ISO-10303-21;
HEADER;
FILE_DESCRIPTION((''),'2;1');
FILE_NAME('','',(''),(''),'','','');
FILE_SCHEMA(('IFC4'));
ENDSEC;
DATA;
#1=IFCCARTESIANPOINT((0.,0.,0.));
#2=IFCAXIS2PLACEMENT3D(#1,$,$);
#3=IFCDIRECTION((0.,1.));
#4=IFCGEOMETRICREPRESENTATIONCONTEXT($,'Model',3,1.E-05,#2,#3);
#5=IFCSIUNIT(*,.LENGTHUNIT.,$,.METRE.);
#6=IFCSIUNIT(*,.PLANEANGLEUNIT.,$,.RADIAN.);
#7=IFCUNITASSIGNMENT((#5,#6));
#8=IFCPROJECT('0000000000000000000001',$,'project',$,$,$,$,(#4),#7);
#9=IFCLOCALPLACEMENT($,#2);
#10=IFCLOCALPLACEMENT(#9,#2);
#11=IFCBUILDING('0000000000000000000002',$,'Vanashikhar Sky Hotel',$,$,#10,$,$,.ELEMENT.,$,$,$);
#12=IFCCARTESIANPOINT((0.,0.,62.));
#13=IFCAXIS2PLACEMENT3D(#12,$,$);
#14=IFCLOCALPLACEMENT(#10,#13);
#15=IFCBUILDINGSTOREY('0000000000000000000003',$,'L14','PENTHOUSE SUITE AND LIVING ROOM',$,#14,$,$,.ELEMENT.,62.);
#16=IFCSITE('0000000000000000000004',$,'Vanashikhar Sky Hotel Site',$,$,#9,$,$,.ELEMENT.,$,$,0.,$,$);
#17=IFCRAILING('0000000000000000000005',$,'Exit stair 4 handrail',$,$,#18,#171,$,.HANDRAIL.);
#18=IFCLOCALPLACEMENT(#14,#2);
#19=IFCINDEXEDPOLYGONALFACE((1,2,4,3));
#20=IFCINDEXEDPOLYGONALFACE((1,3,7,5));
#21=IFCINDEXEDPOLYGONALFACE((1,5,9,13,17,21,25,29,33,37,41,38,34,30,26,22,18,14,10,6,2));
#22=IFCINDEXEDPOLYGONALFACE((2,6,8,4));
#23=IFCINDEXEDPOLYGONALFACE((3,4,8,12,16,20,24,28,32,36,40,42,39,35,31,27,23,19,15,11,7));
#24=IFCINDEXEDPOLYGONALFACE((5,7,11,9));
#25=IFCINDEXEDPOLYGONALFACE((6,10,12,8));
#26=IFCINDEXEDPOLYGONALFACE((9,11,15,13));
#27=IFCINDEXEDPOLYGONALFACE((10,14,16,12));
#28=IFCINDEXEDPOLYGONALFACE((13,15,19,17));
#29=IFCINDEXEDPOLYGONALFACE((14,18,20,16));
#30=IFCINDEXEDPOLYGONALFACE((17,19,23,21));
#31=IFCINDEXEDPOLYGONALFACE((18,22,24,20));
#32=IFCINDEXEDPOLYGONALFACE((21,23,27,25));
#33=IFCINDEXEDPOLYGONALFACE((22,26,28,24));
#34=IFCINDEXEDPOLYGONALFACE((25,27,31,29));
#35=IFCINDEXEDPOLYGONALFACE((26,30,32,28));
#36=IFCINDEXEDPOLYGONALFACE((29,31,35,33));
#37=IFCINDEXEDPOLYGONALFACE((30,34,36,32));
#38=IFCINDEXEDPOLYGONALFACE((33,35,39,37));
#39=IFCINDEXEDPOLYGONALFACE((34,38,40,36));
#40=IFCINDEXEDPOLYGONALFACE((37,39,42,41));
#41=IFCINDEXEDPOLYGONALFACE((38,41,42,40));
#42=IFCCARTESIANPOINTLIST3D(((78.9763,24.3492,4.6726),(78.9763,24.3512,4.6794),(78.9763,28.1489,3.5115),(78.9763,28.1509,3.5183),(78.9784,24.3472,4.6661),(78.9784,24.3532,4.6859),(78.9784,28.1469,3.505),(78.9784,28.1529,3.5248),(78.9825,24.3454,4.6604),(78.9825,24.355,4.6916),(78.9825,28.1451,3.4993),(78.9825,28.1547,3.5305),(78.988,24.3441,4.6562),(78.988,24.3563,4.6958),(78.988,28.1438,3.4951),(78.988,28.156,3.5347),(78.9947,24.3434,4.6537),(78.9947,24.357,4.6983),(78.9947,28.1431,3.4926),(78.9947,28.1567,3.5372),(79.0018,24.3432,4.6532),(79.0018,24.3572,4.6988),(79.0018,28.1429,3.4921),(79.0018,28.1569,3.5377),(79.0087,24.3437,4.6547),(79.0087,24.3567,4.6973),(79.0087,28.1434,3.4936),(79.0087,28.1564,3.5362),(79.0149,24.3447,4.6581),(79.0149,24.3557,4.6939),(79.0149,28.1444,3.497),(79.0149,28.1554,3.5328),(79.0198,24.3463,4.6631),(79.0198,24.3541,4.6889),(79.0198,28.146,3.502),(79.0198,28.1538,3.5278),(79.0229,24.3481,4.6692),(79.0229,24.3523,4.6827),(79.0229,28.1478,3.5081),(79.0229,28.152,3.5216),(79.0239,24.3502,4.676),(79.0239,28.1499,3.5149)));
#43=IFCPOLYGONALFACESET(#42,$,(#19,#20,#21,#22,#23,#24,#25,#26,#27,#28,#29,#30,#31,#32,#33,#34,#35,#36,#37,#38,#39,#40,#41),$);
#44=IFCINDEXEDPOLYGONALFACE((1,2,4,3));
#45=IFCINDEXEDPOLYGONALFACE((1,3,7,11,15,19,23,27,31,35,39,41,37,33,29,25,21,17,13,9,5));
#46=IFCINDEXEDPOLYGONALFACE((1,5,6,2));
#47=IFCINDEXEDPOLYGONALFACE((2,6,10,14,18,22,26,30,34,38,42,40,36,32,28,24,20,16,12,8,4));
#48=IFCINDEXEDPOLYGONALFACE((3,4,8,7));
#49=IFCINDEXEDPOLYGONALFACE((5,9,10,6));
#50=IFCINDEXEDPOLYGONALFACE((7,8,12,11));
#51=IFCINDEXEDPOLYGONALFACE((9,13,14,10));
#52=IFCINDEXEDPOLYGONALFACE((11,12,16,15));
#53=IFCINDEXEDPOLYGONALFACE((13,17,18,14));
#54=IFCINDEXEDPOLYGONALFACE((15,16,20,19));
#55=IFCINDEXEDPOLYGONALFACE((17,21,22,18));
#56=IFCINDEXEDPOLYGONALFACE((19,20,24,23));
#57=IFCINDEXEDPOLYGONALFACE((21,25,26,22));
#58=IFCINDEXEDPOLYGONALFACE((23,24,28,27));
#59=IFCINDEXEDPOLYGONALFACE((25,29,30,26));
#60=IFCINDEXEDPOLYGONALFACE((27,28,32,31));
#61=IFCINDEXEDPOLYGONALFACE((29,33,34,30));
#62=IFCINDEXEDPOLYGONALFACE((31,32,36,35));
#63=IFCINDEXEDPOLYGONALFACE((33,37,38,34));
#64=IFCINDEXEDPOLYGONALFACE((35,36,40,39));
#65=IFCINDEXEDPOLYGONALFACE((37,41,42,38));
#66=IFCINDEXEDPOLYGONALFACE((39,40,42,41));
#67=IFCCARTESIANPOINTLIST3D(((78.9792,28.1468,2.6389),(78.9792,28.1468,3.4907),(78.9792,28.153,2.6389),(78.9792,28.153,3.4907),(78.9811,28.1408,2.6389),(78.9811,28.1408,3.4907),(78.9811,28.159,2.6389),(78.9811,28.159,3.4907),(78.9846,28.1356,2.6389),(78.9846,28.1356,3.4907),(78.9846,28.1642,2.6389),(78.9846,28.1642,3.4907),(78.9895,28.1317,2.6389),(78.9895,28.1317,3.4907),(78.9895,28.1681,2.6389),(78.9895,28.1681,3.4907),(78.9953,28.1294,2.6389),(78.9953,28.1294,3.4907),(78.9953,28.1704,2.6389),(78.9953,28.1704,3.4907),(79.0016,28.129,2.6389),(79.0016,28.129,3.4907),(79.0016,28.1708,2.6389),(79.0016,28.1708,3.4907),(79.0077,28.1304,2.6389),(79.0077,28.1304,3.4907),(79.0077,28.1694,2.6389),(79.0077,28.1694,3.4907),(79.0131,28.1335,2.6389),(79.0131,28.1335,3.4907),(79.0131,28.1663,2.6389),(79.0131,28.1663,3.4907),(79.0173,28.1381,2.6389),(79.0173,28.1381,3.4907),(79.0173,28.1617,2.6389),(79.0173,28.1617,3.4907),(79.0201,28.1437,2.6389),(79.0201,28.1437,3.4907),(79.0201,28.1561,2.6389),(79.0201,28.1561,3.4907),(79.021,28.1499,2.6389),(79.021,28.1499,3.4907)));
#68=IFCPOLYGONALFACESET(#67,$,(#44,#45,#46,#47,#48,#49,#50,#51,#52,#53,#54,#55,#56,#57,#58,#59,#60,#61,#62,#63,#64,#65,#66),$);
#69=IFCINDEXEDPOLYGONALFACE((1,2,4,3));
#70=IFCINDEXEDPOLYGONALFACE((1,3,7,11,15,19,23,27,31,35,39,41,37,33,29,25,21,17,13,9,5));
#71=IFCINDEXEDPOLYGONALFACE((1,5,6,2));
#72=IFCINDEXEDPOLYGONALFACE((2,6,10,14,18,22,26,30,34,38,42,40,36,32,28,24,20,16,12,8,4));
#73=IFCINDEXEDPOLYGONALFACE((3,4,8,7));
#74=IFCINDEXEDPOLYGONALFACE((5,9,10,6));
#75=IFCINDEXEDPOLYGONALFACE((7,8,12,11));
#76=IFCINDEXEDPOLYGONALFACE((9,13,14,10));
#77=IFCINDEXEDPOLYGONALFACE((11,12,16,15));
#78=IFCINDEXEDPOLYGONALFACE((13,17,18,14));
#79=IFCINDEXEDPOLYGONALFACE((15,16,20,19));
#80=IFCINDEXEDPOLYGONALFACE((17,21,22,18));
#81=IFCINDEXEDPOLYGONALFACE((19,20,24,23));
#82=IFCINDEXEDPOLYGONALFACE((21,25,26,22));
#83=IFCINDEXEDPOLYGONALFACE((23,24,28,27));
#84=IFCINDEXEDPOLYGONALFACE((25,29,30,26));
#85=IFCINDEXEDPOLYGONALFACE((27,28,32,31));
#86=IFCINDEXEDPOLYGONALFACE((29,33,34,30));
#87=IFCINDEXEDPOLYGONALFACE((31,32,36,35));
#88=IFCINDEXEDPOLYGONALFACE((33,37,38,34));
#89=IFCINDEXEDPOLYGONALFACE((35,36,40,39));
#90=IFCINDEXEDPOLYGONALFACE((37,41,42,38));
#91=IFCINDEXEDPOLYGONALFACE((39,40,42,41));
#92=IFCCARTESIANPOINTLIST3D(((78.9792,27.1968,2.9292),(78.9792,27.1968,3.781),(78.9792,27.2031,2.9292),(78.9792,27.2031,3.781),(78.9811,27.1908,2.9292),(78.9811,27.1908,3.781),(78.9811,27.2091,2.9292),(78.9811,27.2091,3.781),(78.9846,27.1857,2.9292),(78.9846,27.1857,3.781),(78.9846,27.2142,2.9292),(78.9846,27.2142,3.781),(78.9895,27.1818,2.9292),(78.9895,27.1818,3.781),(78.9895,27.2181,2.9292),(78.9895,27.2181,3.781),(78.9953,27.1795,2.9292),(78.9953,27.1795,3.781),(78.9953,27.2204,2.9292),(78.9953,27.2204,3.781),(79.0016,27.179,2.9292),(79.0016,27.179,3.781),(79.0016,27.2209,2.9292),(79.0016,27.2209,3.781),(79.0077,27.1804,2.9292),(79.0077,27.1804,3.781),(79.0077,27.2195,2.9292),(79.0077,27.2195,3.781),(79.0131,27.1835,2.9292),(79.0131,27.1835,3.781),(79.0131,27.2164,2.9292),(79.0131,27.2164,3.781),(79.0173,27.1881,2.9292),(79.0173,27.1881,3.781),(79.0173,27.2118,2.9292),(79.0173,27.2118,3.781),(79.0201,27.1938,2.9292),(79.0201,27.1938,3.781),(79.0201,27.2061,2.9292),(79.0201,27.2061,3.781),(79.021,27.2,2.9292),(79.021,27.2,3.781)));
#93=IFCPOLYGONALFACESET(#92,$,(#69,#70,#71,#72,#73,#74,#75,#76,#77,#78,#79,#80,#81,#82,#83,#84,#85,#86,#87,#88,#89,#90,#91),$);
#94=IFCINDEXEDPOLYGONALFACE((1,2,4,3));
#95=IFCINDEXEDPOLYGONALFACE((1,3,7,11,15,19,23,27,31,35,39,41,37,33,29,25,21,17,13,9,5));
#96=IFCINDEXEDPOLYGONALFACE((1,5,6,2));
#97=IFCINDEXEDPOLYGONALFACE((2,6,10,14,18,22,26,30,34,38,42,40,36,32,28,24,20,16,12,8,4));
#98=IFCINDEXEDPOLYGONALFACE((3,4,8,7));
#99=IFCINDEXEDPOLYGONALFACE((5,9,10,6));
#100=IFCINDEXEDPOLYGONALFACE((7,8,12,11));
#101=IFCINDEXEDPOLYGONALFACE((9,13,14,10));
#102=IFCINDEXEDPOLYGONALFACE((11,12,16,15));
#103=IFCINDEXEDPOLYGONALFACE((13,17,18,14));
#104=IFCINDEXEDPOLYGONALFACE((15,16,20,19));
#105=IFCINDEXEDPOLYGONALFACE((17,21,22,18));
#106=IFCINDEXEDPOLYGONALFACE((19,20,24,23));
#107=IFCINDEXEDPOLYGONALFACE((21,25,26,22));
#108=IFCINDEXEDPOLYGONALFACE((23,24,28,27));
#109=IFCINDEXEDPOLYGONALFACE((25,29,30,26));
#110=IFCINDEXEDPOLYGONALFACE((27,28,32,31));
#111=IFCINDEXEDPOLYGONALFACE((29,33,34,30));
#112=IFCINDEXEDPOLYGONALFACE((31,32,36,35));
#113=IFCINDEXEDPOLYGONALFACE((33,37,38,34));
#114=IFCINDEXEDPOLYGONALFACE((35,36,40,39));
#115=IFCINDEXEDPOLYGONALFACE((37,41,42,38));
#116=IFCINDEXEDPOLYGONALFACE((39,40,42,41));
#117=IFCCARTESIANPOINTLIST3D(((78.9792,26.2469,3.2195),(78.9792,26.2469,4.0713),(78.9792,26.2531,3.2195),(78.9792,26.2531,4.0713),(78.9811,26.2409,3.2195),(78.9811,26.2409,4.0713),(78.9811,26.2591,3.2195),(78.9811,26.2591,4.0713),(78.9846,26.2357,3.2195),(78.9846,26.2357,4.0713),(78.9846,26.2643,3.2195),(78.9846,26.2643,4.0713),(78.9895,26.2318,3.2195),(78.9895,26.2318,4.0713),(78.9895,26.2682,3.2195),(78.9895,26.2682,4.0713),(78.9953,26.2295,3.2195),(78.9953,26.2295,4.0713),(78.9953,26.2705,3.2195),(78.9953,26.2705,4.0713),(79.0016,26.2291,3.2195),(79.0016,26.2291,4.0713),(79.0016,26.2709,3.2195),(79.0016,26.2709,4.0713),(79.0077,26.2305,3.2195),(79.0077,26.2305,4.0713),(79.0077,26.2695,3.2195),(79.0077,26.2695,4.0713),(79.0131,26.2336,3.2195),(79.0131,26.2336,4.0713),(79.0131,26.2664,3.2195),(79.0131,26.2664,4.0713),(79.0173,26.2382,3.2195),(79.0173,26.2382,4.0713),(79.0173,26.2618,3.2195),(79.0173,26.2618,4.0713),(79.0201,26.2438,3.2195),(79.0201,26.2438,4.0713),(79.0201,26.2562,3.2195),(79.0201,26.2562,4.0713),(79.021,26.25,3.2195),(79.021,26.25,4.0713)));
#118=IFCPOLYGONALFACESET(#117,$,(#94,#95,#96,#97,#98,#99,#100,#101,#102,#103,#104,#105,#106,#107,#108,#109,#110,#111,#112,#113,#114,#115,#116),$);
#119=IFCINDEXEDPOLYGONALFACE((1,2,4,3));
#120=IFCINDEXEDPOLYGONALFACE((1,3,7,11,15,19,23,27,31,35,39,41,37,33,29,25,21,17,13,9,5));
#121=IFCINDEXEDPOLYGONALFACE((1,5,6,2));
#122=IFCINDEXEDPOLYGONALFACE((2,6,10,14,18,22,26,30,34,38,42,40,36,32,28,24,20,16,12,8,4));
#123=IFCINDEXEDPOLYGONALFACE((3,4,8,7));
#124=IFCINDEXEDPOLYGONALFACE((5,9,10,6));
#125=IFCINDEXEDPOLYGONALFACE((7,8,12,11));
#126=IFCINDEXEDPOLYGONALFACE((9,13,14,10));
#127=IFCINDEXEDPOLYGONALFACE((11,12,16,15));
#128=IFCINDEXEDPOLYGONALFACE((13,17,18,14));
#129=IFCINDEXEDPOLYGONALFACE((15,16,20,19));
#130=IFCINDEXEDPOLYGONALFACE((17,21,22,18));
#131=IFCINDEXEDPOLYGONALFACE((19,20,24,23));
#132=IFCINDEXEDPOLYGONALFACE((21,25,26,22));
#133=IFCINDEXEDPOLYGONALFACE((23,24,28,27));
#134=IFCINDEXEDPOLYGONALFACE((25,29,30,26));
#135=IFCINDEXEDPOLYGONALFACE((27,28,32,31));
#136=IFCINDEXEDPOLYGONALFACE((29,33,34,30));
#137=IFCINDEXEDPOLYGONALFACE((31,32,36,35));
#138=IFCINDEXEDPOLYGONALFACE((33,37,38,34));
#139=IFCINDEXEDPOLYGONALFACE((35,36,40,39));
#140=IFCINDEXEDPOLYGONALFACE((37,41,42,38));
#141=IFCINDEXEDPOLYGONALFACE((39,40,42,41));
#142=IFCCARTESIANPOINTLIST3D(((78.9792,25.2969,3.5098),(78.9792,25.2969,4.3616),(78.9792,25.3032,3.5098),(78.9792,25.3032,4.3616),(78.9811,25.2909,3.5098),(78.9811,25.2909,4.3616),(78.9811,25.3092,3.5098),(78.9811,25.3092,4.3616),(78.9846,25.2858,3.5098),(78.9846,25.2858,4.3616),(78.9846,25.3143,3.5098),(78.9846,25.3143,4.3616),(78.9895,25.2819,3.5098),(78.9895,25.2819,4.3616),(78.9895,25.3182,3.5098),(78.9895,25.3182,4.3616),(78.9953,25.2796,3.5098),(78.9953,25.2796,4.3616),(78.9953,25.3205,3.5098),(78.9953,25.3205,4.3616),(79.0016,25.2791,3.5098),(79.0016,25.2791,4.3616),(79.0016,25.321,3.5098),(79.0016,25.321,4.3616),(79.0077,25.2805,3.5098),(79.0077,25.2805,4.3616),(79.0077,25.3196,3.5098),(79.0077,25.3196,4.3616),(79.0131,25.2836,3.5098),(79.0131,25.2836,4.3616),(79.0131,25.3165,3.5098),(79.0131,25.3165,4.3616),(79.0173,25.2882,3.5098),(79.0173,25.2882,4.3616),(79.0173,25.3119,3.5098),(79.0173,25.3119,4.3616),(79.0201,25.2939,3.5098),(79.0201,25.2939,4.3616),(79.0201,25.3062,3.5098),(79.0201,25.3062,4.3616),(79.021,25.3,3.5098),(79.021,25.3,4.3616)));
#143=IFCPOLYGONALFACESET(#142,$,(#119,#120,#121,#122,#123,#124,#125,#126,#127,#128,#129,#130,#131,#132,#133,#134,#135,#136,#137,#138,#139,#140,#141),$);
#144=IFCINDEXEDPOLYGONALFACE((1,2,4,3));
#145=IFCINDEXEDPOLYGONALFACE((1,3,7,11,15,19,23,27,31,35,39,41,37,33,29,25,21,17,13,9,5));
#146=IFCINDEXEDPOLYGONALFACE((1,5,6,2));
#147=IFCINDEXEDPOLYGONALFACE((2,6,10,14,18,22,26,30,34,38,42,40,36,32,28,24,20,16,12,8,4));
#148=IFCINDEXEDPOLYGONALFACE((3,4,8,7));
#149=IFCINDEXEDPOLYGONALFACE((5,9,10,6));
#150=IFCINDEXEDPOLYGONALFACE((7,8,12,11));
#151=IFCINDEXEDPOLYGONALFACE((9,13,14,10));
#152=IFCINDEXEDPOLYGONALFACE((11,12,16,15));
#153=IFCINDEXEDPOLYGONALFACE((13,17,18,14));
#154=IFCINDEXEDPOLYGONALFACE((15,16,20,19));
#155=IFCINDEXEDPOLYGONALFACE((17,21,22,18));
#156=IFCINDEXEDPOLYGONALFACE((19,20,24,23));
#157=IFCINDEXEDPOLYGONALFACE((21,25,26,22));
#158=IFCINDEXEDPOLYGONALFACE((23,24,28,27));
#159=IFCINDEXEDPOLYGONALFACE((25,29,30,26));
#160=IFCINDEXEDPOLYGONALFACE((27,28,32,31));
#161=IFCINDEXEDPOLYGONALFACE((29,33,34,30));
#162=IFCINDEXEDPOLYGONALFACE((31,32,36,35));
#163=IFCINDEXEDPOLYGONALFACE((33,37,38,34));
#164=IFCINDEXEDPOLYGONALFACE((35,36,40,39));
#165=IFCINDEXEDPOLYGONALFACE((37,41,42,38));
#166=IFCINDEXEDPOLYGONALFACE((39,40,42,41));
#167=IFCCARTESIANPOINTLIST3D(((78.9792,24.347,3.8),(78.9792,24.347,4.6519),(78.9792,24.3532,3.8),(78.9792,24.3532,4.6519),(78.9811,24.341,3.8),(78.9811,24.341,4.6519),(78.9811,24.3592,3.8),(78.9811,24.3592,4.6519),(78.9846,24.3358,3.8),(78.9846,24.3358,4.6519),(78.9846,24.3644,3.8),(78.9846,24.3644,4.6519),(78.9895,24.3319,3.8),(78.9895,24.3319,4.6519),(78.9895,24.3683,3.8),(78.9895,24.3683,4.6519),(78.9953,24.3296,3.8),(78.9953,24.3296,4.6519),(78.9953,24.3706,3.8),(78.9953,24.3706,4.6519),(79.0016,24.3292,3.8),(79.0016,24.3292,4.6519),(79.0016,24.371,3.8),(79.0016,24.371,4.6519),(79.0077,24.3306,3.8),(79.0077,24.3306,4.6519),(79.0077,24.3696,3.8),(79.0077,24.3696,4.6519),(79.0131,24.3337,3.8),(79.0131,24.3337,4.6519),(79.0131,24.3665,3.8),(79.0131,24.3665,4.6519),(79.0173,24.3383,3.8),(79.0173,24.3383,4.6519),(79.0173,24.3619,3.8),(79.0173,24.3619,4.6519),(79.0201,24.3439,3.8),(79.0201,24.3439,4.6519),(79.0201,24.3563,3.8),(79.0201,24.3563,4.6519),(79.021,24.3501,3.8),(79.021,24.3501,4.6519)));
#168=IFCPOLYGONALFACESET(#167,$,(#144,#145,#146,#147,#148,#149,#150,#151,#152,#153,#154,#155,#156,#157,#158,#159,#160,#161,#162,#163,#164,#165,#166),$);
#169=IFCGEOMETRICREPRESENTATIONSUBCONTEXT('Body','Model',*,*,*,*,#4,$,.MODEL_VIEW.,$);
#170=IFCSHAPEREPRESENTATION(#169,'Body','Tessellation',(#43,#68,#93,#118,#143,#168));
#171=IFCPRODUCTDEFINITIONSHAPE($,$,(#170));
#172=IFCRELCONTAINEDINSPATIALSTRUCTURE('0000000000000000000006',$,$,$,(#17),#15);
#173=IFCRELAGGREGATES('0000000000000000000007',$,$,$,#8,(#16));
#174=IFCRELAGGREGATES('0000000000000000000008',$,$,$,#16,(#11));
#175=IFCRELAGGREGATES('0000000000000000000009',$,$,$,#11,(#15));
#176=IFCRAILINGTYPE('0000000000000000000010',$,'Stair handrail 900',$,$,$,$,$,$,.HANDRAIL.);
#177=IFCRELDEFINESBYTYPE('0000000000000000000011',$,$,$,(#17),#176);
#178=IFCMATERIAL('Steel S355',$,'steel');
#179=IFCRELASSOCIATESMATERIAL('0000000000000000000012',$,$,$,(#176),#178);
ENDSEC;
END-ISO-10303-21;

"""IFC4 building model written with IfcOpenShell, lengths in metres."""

from ifc_helpers import new_model, si_unit, direction, frame, origin, origin_2d, place, context, subcontext, project, spatial, circle, extrude, source, transform, mapped, material, type_object, element, save


model = new_model("IFC4")

# Units and contexts
model_context = context("Model", 3, precision=1e-05, world=origin(), true_north=direction((0.0, 1.0)))
body_context = subcontext(model_context, "Body", "Model", "MODEL_VIEW")
ifc_project = project(units=[si_unit("LENGTHUNIT", "METRE"), si_unit("PLANEANGLEUNIT", "RADIAN")], contexts=[model_context])

# Site, building, storey
site_placement = place(None, origin())
site = spatial("IfcSite", under=ifc_project, at=site_placement, Name="Vanashikhar Sky Hotel Site", CompositionType="ELEMENT", RefElevation=0.0)
building_placement = place(site_placement, origin())
building = spatial("IfcBuilding", under=site, at=building_placement, Name="Vanashikhar Sky Hotel", CompositionType="ELEMENT")
storey_placement = place(building_placement, frame((0.0, 0.0, 62.0)))
storey = spatial("IfcBuildingStorey", under=building, at=storey_placement, Name="L14", Description="PENTHOUSE SUITE AND LIVING ROOM", CompositionType="ELEMENT", Elevation=62.0)

# Railing
ifc_material_1 = material(Name="Steel S355", Category="steel")
railing_type_1 = type_object("IfcRailingType", Name="Stair handrail 900", PredefinedType="HANDRAIL", material=ifc_material_1)
shared_shape_1 = source(origin(), body_context, "Body", "SweptSolid", [
    extrude(circle(Radius=0.0239, at=origin_2d()), frame((0.0, 0.0, 0.876), z_axis=(0.0, -0.956346, 0.292237), x_axis=(1.0, 0.0, 0.0)), (0.0, 0.0, 1.0), 3.9731),
    extrude(circle(Radius=0.021, at=origin_2d()), origin(), (0.0, 0.0, 1.0), 0.8518),
    extrude(circle(Radius=0.021, at=origin_2d()), frame((0.0, -0.95, 0.2903)), (0.0, 0.0, 1.0), 0.8518),
    extrude(circle(Radius=0.021, at=origin_2d()), frame((0.0, -1.8999, 0.5806)), (0.0, 0.0, 1.0), 0.8518),
    extrude(circle(Radius=0.021, at=origin_2d()), frame((0.0, -2.8499, 0.8708)), (0.0, 0.0, 1.0), 0.8518),
    extrude(circle(Radius=0.021, at=origin_2d()), frame((0.0, -3.7998, 1.1611)), (0.0, 0.0, 1.0), 0.8518),
])
for number, where, name in (
    (1, (79.0, 28.1499, 2.6389), "Exit stair 4 handrail"),
):
    element("IfcRailing", number, at=place(storey_placement, frame(where)), inside=storey, type_object=railing_type_1, Name=name, PredefinedType="HANDRAIL", context=body_context, shape_type="MappedRepresentation", body=[
        mapped(shared_shape_1, transform((0.0, 0.0, 0.0), scale=1.0)),
    ])

save(model, "model.ifc")
